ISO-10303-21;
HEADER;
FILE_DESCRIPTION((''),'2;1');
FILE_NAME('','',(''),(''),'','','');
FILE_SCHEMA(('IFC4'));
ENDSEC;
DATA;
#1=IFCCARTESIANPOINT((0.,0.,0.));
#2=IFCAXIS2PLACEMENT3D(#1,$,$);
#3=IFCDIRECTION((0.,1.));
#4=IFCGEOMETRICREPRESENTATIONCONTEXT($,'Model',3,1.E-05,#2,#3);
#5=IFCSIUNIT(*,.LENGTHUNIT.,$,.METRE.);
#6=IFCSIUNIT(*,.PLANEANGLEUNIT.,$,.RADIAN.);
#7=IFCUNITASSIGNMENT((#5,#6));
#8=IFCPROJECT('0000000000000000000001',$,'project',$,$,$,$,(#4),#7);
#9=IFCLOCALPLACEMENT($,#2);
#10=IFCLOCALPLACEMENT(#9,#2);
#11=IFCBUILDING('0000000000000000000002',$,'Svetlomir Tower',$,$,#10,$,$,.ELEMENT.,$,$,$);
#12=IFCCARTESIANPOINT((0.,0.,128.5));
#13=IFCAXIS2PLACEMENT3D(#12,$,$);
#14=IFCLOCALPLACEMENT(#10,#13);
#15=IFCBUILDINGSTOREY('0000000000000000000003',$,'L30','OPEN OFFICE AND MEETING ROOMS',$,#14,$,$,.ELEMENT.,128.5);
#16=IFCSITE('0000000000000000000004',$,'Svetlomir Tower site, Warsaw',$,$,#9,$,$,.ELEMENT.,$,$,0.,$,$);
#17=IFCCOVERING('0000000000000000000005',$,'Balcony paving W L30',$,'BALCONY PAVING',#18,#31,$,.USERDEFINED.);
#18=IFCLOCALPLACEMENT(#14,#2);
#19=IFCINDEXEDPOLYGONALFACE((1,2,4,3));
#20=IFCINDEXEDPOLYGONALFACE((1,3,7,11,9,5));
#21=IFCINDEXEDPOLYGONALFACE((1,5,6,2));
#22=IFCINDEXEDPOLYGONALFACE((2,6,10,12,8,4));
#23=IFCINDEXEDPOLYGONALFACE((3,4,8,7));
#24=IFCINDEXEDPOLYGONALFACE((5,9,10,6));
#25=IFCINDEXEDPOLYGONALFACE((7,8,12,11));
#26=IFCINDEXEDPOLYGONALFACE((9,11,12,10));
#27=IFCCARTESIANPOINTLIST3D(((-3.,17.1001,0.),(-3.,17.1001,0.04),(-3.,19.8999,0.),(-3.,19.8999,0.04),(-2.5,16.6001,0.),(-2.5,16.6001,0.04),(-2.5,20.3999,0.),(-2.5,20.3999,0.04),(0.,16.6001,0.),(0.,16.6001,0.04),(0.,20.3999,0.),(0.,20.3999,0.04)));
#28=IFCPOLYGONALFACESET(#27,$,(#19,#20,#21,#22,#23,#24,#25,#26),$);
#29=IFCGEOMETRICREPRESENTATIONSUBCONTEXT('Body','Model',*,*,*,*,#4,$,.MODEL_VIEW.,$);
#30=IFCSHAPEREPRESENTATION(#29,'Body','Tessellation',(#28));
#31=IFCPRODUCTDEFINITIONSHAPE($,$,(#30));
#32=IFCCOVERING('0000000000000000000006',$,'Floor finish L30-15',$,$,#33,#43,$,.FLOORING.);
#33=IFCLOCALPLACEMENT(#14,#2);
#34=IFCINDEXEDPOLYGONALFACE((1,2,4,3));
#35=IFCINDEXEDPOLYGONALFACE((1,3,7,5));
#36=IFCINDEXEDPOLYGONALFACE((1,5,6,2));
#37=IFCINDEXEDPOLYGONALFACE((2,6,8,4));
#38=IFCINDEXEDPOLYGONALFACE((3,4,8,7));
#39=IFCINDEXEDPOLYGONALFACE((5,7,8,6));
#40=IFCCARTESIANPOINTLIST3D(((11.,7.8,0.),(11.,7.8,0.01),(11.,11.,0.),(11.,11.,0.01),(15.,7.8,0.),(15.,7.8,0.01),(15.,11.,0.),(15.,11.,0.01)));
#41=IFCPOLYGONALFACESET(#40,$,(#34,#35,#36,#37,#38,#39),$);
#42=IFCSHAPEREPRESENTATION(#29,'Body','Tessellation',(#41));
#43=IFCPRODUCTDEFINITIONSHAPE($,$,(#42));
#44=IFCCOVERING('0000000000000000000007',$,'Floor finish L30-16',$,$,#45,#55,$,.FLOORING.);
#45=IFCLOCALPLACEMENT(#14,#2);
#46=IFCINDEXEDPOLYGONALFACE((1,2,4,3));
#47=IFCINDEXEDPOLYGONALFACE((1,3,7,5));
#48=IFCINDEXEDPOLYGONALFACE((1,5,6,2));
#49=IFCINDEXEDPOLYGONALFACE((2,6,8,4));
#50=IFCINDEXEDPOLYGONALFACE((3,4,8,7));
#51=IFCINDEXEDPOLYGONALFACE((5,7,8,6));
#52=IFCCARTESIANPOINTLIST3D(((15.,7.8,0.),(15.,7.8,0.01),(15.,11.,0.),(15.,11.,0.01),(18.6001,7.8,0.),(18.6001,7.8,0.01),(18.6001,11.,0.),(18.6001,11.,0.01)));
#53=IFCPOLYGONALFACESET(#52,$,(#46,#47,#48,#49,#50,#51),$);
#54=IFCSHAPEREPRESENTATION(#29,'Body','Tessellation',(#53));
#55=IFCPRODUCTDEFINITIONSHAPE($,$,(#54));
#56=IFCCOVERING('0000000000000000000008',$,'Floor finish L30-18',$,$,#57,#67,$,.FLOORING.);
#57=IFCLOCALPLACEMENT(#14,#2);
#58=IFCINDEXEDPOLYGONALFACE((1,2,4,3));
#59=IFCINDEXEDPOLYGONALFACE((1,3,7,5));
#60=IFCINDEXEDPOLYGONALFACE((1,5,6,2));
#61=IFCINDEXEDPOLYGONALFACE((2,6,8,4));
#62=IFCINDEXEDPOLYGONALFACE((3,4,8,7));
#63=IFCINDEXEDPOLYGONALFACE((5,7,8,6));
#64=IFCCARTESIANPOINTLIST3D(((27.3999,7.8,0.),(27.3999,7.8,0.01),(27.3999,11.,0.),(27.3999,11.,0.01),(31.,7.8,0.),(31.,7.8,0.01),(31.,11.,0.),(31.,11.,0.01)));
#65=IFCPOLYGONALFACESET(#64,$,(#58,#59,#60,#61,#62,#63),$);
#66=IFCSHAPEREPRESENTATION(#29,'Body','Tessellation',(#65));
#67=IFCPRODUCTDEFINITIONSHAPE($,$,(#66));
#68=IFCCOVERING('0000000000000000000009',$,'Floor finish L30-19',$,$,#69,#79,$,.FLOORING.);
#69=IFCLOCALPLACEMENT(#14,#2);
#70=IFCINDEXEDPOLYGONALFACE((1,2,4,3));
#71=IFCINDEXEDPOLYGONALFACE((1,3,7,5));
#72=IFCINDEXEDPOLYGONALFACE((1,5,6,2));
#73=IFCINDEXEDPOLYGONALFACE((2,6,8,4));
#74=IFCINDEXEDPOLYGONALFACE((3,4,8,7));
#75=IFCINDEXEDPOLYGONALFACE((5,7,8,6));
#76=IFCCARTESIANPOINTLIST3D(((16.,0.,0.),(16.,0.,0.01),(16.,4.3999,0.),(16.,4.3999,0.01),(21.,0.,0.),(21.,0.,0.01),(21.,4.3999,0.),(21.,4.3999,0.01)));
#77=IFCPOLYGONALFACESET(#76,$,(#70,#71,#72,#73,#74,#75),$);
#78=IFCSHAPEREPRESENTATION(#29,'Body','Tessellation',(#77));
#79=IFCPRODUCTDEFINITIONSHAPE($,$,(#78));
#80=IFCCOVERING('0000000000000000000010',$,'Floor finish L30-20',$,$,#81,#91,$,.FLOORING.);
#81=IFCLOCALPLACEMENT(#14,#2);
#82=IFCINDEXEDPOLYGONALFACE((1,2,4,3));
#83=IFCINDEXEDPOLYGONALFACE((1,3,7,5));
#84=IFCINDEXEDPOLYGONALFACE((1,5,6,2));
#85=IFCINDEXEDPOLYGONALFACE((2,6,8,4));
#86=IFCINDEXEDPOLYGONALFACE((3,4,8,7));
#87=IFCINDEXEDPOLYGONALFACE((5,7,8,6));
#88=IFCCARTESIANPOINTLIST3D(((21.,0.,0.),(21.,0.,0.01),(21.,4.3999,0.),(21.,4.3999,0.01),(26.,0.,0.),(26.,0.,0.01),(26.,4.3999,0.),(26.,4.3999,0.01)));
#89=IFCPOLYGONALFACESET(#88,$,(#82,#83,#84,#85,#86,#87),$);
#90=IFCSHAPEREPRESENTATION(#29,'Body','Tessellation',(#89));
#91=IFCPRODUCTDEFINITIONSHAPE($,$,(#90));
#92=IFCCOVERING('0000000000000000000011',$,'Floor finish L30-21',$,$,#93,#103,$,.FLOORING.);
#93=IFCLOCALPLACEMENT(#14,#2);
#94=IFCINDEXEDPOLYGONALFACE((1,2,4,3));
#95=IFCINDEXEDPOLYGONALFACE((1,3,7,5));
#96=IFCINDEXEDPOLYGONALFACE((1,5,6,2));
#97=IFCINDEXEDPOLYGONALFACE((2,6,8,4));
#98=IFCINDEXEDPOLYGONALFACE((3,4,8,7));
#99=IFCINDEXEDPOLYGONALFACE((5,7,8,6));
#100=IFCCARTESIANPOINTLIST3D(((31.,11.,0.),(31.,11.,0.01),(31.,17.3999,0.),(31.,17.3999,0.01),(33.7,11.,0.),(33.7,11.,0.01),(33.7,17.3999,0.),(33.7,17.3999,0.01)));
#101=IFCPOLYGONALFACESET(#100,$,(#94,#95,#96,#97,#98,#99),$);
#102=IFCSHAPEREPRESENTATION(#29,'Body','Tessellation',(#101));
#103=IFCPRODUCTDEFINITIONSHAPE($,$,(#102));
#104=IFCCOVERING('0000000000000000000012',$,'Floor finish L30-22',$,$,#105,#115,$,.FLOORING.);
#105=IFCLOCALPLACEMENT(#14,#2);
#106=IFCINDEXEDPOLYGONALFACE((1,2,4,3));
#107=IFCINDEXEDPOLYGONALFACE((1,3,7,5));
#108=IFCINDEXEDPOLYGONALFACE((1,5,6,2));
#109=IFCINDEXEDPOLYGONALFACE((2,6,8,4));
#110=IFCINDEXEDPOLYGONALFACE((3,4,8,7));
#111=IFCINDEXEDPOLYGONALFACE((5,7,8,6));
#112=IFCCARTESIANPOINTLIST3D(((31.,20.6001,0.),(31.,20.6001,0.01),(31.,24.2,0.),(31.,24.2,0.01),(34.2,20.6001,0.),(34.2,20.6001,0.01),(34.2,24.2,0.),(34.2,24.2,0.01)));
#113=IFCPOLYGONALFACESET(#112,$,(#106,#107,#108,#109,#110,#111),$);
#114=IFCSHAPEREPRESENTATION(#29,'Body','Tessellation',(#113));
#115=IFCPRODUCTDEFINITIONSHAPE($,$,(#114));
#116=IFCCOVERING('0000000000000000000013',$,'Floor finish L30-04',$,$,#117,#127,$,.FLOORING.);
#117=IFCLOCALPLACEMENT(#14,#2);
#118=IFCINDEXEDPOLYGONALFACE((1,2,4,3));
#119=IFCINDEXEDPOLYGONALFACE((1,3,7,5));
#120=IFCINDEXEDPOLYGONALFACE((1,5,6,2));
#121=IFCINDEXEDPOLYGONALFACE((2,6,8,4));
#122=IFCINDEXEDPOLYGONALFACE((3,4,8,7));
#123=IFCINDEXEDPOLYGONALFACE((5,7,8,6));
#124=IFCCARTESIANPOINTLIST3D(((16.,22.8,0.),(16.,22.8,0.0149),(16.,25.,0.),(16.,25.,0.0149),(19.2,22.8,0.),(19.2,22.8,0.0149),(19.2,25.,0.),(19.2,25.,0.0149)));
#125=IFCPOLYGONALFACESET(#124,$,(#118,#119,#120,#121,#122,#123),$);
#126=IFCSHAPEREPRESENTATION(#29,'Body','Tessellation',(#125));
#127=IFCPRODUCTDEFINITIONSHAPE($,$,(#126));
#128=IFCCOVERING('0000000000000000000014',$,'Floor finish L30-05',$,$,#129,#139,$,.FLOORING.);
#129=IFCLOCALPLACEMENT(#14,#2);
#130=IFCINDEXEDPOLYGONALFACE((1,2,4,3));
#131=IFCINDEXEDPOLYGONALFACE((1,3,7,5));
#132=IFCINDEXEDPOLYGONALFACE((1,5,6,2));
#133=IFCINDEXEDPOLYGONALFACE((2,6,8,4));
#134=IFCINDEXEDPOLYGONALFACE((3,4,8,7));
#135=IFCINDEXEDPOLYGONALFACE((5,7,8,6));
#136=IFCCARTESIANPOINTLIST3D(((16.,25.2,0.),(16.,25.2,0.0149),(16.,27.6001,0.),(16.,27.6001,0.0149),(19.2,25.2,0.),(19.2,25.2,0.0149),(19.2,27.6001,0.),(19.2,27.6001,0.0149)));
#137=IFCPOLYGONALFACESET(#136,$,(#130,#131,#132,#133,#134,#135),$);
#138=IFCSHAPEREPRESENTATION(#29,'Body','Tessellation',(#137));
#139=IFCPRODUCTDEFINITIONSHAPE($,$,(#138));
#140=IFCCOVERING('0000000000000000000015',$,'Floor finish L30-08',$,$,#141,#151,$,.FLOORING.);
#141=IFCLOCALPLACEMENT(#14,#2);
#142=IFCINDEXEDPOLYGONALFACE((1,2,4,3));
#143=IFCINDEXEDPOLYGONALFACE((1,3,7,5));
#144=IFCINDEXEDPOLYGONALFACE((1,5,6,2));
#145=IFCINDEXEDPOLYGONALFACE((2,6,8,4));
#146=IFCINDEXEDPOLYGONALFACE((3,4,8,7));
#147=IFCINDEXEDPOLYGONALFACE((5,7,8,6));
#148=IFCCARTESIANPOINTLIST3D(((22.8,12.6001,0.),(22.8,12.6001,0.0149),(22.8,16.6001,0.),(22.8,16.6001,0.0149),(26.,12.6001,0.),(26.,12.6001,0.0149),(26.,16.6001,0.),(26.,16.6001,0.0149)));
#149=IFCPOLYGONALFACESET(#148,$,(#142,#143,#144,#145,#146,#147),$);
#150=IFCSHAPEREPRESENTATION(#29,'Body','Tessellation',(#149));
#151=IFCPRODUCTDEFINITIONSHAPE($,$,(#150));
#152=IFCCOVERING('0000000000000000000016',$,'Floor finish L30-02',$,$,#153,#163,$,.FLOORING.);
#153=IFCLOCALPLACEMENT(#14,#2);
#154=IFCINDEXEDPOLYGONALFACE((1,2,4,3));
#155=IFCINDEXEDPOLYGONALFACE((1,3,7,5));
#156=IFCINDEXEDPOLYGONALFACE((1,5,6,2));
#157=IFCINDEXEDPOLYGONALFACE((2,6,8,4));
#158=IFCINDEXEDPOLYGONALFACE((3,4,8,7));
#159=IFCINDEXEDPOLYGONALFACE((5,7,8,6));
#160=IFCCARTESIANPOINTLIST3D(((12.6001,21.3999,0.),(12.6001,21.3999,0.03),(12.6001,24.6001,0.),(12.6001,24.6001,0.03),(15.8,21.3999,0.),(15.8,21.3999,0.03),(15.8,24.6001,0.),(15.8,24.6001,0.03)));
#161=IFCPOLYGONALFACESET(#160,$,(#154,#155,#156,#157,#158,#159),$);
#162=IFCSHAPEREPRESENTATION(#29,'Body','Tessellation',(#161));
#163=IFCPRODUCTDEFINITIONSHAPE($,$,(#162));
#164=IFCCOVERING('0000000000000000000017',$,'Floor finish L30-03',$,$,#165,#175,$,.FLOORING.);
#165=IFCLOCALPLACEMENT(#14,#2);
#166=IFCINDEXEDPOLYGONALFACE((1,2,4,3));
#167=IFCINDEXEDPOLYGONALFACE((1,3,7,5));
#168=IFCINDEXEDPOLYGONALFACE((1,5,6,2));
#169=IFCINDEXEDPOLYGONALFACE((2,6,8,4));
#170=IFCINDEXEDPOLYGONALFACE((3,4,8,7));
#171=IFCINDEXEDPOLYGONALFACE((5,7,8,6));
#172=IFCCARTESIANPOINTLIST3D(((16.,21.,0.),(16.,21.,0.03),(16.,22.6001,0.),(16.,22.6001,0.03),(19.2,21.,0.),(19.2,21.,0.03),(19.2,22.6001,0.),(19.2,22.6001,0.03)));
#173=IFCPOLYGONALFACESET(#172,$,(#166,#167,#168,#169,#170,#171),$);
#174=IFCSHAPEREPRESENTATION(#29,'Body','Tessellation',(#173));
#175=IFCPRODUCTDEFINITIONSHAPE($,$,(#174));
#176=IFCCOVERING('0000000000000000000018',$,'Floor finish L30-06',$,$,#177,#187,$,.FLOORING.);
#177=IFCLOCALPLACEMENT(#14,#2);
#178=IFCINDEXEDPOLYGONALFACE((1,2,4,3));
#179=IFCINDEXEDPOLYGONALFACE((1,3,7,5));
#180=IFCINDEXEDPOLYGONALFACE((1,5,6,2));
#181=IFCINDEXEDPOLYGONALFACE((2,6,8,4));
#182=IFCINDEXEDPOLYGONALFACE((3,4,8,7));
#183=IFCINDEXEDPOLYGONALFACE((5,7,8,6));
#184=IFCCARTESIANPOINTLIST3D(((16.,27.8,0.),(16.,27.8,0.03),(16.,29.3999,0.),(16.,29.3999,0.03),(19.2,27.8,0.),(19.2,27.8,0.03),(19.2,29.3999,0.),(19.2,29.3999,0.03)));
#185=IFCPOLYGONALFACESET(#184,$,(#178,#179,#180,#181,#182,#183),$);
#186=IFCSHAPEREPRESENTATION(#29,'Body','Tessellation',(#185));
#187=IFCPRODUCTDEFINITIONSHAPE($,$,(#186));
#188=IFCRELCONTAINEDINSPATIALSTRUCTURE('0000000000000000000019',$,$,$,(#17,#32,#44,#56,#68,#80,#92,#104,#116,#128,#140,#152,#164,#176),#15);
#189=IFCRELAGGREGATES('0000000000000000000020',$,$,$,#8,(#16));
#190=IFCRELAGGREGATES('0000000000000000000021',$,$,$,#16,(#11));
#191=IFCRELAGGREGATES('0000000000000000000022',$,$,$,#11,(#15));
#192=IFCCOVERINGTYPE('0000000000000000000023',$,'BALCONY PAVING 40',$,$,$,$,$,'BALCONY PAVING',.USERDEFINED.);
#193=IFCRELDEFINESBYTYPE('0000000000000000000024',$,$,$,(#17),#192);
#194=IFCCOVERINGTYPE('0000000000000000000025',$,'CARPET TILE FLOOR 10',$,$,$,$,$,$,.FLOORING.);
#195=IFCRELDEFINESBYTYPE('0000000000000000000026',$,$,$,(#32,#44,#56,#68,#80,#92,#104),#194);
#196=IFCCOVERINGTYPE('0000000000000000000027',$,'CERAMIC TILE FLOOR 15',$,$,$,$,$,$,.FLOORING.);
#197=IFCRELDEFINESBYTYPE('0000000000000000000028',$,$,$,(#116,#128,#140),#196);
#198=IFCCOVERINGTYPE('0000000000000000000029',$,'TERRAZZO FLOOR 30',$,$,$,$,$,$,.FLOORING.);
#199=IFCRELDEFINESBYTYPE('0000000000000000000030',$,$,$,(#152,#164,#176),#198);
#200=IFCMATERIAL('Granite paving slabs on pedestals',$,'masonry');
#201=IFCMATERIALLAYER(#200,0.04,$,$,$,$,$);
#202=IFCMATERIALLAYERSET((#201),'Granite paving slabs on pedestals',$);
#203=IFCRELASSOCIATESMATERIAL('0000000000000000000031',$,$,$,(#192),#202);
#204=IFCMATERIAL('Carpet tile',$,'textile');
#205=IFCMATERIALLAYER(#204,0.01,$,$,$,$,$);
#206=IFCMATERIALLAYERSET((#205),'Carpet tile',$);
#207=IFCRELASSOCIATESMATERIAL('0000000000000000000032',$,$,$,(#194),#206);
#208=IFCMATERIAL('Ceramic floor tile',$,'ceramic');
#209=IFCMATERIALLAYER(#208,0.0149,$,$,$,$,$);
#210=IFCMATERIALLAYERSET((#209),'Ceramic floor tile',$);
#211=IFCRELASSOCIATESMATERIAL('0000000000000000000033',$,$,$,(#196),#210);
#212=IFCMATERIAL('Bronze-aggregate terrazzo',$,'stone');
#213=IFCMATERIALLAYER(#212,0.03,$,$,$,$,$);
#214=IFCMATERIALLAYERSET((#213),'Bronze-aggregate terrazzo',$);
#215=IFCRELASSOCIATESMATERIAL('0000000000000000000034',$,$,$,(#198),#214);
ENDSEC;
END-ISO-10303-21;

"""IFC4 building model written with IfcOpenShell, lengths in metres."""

from ifc_helpers import new_model, si_unit, direction, frame, origin, place, context, subcontext, project, spatial, polyline, outline, extrude, material, layer, layer_set, type_object, element, save


model = new_model("IFC4")

# Units and contexts
model_context = context("Model", 3, precision=1e-05, world=origin(), true_north=direction((0.0, 1.0)))
body_context = subcontext(model_context, "Body", "Model", "MODEL_VIEW")
ifc_project = project(units=[si_unit("LENGTHUNIT", "METRE"), si_unit("PLANEANGLEUNIT", "RADIAN")], contexts=[model_context])

# Site, building, storey
site_placement = place(None, origin())
site = spatial("IfcSite", under=ifc_project, at=site_placement, Name="Svetlomir Tower site, Warsaw", CompositionType="ELEMENT", RefElevation=0.0)
building_placement = place(site_placement, origin())
building = spatial("IfcBuilding", under=site, at=building_placement, Name="Svetlomir Tower", CompositionType="ELEMENT")
storey_placement = place(building_placement, frame((0.0, 0.0, 128.5)))
storey = spatial("IfcBuildingStorey", under=building, at=storey_placement, Name="L30", Description="OPEN OFFICE AND MEETING ROOMS", CompositionType="ELEMENT", Elevation=128.5)

# Coverings
ifc_material_1 = material(Name="Granite paving slabs on pedestals", Category="masonry")
ifc_layer_1 = layer(ifc_material_1, 0.04)
ifc_layer_set_1 = layer_set([ifc_layer_1], Name="Granite paving slabs on pedestals")
covering_type_1 = type_object("IfcCoveringType", Name="BALCONY PAVING 40", ElementType="BALCONY PAVING", PredefinedType="USERDEFINED", material=ifc_layer_set_1)
covering_1_placement = place(storey_placement, origin())
element("IfcCovering", 1, at=covering_1_placement, inside=storey, type_object=covering_type_1, Name="Balcony paving W L30", ObjectType="BALCONY PAVING", PredefinedType="USERDEFINED", context=body_context, shape_type="SweptSolid", body=[
    extrude(outline(polyline([(-2.5, 16.6001), (0.0, 16.6001), (0.0, 20.3999), (-2.5, 20.3999), (-3.0, 19.8999), (-3.0, 17.1001), (-2.5, 16.6001)])), origin(), (0.0, 0.0, 1.0), 0.04),
])
ifc_material_2 = material(Name="Carpet tile", Category="textile")
ifc_layer_2 = layer(ifc_material_2, 0.01)
ifc_layer_set_2 = layer_set([ifc_layer_2], Name="Carpet tile")
covering_type_2 = type_object("IfcCoveringType", Name="CARPET TILE FLOOR 10", PredefinedType="FLOORING", material=ifc_layer_set_2)
covering_2_placement = place(storey_placement, origin())
element("IfcCovering", 2, at=covering_2_placement, inside=storey, type_object=covering_type_2, Name="Floor finish L30-15", PredefinedType="FLOORING", context=body_context, shape_type="SweptSolid", body=[
    extrude(outline(polyline([(11.0, 7.8), (15.0, 7.8), (15.0, 11.0), (11.0, 11.0), (11.0, 7.8)])), origin(), (0.0, 0.0, 1.0), 0.01),
])
covering_3_placement = place(storey_placement, origin())
element("IfcCovering", 3, at=covering_3_placement, inside=storey, type_object=covering_type_2, Name="Floor finish L30-16", PredefinedType="FLOORING", context=body_context, shape_type="SweptSolid", body=[
    extrude(outline(polyline([(15.0, 7.8), (18.6001, 7.8), (18.6001, 11.0), (15.0, 11.0), (15.0, 7.8)])), origin(), (0.0, 0.0, 1.0), 0.01),
])
covering_4_placement = place(storey_placement, origin())
element("IfcCovering", 4, at=covering_4_placement, inside=storey, type_object=covering_type_2, Name="Floor finish L30-18", PredefinedType="FLOORING", context=body_context, shape_type="SweptSolid", body=[
    extrude(outline(polyline([(27.3999, 7.8), (31.0, 7.8), (31.0, 11.0), (27.3999, 11.0), (27.3999, 7.8)])), origin(), (0.0, 0.0, 1.0), 0.01),
])
covering_5_placement = place(storey_placement, origin())
element("IfcCovering", 5, at=covering_5_placement, inside=storey, type_object=covering_type_2, Name="Floor finish L30-19", PredefinedType="FLOORING", context=body_context, shape_type="SweptSolid", body=[
    extrude(outline(polyline([(16.0, 0.0), (21.0, 0.0), (21.0, 4.3999), (16.0, 4.3999), (16.0, 0.0)])), origin(), (0.0, 0.0, 1.0), 0.01),
])
covering_6_placement = place(storey_placement, origin())
element("IfcCovering", 6, at=covering_6_placement, inside=storey, type_object=covering_type_2, Name="Floor finish L30-20", PredefinedType="FLOORING", context=body_context, shape_type="SweptSolid", body=[
    extrude(outline(polyline([(21.0, 0.0), (26.0, 0.0), (26.0, 4.3999), (21.0, 4.3999), (21.0, 0.0)])), origin(), (0.0, 0.0, 1.0), 0.01),
])
covering_7_placement = place(storey_placement, origin())
element("IfcCovering", 7, at=covering_7_placement, inside=storey, type_object=covering_type_2, Name="Floor finish L30-21", PredefinedType="FLOORING", context=body_context, shape_type="SweptSolid", body=[
    extrude(outline(polyline([(31.0, 11.0), (33.7, 11.0), (33.7, 17.3999), (31.0, 17.3999), (31.0, 11.0)])), origin(), (0.0, 0.0, 1.0), 0.01),
])
covering_8_placement = place(storey_placement, origin())
element("IfcCovering", 8, at=covering_8_placement, inside=storey, type_object=covering_type_2, Name="Floor finish L30-22", PredefinedType="FLOORING", context=body_context, shape_type="SweptSolid", body=[
    extrude(outline(polyline([(31.0, 20.6001), (34.2, 20.6001), (34.2, 24.2), (31.0, 24.2), (31.0, 20.6001)])), origin(), (0.0, 0.0, 1.0), 0.01),
])
ifc_material_3 = material(Name="Ceramic floor tile", Category="ceramic")
ifc_layer_3 = layer(ifc_material_3, 0.0149)
ifc_layer_set_3 = layer_set([ifc_layer_3], Name="Ceramic floor tile")
covering_type_3 = type_object("IfcCoveringType", Name="CERAMIC TILE FLOOR 15", PredefinedType="FLOORING", material=ifc_layer_set_3)
covering_9_placement = place(storey_placement, origin())
element("IfcCovering", 9, at=covering_9_placement, inside=storey, type_object=covering_type_3, Name="Floor finish L30-04", PredefinedType="FLOORING", context=body_context, shape_type="SweptSolid", body=[
    extrude(outline(polyline([(16.0, 22.8), (19.2, 22.8), (19.2, 25.0), (16.0, 25.0), (16.0, 22.8)])), origin(), (0.0, 0.0, 1.0), 0.0149),
])
covering_10_placement = place(storey_placement, origin())
element("IfcCovering", 10, at=covering_10_placement, inside=storey, type_object=covering_type_3, Name="Floor finish L30-05", PredefinedType="FLOORING", context=body_context, shape_type="SweptSolid", body=[
    extrude(outline(polyline([(16.0, 25.2), (19.2, 25.2), (19.2, 27.6001), (16.0, 27.6001), (16.0, 25.2)])), origin(), (0.0, 0.0, 1.0), 0.0149),
])
covering_11_placement = place(storey_placement, origin())
element("IfcCovering", 11, at=covering_11_placement, inside=storey, type_object=covering_type_3, Name="Floor finish L30-08", PredefinedType="FLOORING", context=body_context, shape_type="SweptSolid", body=[
    extrude(outline(polyline([(22.8, 12.6001), (26.0, 12.6001), (26.0, 16.6001), (22.8, 16.6001), (22.8, 12.6001)])), origin(), (0.0, 0.0, 1.0), 0.0149),
])
ifc_material_4 = material(Name="Bronze-aggregate terrazzo", Category="stone")
ifc_layer_4 = layer(ifc_material_4, 0.03)
ifc_layer_set_4 = layer_set([ifc_layer_4], Name="Bronze-aggregate terrazzo")
covering_type_4 = type_object("IfcCoveringType", Name="TERRAZZO FLOOR 30", PredefinedType="FLOORING", material=ifc_layer_set_4)
covering_12_placement = place(storey_placement, origin())
element("IfcCovering", 12, at=covering_12_placement, inside=storey, type_object=covering_type_4, Name="Floor finish L30-02", PredefinedType="FLOORING", context=body_context, shape_type="SweptSolid", body=[
    extrude(outline(polyline([(12.6001, 21.3999), (15.8, 21.3999), (15.8, 24.6001), (12.6001, 24.6001), (12.6001, 21.3999)])), origin(), (0.0, 0.0, 1.0), 0.03),
])
covering_13_placement = place(storey_placement, origin())
element("IfcCovering", 13, at=covering_13_placement, inside=storey, type_object=covering_type_4, Name="Floor finish L30-03", PredefinedType="FLOORING", context=body_context, shape_type="SweptSolid", body=[
    extrude(outline(polyline([(16.0, 21.0), (19.2, 21.0), (19.2, 22.6001), (16.0, 22.6001), (16.0, 21.0)])), origin(), (0.0, 0.0, 1.0), 0.03),
])
covering_14_placement = place(storey_placement, origin())
element("IfcCovering", 14, at=covering_14_placement, inside=storey, type_object=covering_type_4, Name="Floor finish L30-06", PredefinedType="FLOORING", context=body_context, shape_type="SweptSolid", body=[
    extrude(outline(polyline([(16.0, 27.8), (19.2, 27.8), (19.2, 29.3999), (16.0, 29.3999), (16.0, 27.8)])), origin(), (0.0, 0.0, 1.0), 0.03),
])

save(model, "model.ifc")
